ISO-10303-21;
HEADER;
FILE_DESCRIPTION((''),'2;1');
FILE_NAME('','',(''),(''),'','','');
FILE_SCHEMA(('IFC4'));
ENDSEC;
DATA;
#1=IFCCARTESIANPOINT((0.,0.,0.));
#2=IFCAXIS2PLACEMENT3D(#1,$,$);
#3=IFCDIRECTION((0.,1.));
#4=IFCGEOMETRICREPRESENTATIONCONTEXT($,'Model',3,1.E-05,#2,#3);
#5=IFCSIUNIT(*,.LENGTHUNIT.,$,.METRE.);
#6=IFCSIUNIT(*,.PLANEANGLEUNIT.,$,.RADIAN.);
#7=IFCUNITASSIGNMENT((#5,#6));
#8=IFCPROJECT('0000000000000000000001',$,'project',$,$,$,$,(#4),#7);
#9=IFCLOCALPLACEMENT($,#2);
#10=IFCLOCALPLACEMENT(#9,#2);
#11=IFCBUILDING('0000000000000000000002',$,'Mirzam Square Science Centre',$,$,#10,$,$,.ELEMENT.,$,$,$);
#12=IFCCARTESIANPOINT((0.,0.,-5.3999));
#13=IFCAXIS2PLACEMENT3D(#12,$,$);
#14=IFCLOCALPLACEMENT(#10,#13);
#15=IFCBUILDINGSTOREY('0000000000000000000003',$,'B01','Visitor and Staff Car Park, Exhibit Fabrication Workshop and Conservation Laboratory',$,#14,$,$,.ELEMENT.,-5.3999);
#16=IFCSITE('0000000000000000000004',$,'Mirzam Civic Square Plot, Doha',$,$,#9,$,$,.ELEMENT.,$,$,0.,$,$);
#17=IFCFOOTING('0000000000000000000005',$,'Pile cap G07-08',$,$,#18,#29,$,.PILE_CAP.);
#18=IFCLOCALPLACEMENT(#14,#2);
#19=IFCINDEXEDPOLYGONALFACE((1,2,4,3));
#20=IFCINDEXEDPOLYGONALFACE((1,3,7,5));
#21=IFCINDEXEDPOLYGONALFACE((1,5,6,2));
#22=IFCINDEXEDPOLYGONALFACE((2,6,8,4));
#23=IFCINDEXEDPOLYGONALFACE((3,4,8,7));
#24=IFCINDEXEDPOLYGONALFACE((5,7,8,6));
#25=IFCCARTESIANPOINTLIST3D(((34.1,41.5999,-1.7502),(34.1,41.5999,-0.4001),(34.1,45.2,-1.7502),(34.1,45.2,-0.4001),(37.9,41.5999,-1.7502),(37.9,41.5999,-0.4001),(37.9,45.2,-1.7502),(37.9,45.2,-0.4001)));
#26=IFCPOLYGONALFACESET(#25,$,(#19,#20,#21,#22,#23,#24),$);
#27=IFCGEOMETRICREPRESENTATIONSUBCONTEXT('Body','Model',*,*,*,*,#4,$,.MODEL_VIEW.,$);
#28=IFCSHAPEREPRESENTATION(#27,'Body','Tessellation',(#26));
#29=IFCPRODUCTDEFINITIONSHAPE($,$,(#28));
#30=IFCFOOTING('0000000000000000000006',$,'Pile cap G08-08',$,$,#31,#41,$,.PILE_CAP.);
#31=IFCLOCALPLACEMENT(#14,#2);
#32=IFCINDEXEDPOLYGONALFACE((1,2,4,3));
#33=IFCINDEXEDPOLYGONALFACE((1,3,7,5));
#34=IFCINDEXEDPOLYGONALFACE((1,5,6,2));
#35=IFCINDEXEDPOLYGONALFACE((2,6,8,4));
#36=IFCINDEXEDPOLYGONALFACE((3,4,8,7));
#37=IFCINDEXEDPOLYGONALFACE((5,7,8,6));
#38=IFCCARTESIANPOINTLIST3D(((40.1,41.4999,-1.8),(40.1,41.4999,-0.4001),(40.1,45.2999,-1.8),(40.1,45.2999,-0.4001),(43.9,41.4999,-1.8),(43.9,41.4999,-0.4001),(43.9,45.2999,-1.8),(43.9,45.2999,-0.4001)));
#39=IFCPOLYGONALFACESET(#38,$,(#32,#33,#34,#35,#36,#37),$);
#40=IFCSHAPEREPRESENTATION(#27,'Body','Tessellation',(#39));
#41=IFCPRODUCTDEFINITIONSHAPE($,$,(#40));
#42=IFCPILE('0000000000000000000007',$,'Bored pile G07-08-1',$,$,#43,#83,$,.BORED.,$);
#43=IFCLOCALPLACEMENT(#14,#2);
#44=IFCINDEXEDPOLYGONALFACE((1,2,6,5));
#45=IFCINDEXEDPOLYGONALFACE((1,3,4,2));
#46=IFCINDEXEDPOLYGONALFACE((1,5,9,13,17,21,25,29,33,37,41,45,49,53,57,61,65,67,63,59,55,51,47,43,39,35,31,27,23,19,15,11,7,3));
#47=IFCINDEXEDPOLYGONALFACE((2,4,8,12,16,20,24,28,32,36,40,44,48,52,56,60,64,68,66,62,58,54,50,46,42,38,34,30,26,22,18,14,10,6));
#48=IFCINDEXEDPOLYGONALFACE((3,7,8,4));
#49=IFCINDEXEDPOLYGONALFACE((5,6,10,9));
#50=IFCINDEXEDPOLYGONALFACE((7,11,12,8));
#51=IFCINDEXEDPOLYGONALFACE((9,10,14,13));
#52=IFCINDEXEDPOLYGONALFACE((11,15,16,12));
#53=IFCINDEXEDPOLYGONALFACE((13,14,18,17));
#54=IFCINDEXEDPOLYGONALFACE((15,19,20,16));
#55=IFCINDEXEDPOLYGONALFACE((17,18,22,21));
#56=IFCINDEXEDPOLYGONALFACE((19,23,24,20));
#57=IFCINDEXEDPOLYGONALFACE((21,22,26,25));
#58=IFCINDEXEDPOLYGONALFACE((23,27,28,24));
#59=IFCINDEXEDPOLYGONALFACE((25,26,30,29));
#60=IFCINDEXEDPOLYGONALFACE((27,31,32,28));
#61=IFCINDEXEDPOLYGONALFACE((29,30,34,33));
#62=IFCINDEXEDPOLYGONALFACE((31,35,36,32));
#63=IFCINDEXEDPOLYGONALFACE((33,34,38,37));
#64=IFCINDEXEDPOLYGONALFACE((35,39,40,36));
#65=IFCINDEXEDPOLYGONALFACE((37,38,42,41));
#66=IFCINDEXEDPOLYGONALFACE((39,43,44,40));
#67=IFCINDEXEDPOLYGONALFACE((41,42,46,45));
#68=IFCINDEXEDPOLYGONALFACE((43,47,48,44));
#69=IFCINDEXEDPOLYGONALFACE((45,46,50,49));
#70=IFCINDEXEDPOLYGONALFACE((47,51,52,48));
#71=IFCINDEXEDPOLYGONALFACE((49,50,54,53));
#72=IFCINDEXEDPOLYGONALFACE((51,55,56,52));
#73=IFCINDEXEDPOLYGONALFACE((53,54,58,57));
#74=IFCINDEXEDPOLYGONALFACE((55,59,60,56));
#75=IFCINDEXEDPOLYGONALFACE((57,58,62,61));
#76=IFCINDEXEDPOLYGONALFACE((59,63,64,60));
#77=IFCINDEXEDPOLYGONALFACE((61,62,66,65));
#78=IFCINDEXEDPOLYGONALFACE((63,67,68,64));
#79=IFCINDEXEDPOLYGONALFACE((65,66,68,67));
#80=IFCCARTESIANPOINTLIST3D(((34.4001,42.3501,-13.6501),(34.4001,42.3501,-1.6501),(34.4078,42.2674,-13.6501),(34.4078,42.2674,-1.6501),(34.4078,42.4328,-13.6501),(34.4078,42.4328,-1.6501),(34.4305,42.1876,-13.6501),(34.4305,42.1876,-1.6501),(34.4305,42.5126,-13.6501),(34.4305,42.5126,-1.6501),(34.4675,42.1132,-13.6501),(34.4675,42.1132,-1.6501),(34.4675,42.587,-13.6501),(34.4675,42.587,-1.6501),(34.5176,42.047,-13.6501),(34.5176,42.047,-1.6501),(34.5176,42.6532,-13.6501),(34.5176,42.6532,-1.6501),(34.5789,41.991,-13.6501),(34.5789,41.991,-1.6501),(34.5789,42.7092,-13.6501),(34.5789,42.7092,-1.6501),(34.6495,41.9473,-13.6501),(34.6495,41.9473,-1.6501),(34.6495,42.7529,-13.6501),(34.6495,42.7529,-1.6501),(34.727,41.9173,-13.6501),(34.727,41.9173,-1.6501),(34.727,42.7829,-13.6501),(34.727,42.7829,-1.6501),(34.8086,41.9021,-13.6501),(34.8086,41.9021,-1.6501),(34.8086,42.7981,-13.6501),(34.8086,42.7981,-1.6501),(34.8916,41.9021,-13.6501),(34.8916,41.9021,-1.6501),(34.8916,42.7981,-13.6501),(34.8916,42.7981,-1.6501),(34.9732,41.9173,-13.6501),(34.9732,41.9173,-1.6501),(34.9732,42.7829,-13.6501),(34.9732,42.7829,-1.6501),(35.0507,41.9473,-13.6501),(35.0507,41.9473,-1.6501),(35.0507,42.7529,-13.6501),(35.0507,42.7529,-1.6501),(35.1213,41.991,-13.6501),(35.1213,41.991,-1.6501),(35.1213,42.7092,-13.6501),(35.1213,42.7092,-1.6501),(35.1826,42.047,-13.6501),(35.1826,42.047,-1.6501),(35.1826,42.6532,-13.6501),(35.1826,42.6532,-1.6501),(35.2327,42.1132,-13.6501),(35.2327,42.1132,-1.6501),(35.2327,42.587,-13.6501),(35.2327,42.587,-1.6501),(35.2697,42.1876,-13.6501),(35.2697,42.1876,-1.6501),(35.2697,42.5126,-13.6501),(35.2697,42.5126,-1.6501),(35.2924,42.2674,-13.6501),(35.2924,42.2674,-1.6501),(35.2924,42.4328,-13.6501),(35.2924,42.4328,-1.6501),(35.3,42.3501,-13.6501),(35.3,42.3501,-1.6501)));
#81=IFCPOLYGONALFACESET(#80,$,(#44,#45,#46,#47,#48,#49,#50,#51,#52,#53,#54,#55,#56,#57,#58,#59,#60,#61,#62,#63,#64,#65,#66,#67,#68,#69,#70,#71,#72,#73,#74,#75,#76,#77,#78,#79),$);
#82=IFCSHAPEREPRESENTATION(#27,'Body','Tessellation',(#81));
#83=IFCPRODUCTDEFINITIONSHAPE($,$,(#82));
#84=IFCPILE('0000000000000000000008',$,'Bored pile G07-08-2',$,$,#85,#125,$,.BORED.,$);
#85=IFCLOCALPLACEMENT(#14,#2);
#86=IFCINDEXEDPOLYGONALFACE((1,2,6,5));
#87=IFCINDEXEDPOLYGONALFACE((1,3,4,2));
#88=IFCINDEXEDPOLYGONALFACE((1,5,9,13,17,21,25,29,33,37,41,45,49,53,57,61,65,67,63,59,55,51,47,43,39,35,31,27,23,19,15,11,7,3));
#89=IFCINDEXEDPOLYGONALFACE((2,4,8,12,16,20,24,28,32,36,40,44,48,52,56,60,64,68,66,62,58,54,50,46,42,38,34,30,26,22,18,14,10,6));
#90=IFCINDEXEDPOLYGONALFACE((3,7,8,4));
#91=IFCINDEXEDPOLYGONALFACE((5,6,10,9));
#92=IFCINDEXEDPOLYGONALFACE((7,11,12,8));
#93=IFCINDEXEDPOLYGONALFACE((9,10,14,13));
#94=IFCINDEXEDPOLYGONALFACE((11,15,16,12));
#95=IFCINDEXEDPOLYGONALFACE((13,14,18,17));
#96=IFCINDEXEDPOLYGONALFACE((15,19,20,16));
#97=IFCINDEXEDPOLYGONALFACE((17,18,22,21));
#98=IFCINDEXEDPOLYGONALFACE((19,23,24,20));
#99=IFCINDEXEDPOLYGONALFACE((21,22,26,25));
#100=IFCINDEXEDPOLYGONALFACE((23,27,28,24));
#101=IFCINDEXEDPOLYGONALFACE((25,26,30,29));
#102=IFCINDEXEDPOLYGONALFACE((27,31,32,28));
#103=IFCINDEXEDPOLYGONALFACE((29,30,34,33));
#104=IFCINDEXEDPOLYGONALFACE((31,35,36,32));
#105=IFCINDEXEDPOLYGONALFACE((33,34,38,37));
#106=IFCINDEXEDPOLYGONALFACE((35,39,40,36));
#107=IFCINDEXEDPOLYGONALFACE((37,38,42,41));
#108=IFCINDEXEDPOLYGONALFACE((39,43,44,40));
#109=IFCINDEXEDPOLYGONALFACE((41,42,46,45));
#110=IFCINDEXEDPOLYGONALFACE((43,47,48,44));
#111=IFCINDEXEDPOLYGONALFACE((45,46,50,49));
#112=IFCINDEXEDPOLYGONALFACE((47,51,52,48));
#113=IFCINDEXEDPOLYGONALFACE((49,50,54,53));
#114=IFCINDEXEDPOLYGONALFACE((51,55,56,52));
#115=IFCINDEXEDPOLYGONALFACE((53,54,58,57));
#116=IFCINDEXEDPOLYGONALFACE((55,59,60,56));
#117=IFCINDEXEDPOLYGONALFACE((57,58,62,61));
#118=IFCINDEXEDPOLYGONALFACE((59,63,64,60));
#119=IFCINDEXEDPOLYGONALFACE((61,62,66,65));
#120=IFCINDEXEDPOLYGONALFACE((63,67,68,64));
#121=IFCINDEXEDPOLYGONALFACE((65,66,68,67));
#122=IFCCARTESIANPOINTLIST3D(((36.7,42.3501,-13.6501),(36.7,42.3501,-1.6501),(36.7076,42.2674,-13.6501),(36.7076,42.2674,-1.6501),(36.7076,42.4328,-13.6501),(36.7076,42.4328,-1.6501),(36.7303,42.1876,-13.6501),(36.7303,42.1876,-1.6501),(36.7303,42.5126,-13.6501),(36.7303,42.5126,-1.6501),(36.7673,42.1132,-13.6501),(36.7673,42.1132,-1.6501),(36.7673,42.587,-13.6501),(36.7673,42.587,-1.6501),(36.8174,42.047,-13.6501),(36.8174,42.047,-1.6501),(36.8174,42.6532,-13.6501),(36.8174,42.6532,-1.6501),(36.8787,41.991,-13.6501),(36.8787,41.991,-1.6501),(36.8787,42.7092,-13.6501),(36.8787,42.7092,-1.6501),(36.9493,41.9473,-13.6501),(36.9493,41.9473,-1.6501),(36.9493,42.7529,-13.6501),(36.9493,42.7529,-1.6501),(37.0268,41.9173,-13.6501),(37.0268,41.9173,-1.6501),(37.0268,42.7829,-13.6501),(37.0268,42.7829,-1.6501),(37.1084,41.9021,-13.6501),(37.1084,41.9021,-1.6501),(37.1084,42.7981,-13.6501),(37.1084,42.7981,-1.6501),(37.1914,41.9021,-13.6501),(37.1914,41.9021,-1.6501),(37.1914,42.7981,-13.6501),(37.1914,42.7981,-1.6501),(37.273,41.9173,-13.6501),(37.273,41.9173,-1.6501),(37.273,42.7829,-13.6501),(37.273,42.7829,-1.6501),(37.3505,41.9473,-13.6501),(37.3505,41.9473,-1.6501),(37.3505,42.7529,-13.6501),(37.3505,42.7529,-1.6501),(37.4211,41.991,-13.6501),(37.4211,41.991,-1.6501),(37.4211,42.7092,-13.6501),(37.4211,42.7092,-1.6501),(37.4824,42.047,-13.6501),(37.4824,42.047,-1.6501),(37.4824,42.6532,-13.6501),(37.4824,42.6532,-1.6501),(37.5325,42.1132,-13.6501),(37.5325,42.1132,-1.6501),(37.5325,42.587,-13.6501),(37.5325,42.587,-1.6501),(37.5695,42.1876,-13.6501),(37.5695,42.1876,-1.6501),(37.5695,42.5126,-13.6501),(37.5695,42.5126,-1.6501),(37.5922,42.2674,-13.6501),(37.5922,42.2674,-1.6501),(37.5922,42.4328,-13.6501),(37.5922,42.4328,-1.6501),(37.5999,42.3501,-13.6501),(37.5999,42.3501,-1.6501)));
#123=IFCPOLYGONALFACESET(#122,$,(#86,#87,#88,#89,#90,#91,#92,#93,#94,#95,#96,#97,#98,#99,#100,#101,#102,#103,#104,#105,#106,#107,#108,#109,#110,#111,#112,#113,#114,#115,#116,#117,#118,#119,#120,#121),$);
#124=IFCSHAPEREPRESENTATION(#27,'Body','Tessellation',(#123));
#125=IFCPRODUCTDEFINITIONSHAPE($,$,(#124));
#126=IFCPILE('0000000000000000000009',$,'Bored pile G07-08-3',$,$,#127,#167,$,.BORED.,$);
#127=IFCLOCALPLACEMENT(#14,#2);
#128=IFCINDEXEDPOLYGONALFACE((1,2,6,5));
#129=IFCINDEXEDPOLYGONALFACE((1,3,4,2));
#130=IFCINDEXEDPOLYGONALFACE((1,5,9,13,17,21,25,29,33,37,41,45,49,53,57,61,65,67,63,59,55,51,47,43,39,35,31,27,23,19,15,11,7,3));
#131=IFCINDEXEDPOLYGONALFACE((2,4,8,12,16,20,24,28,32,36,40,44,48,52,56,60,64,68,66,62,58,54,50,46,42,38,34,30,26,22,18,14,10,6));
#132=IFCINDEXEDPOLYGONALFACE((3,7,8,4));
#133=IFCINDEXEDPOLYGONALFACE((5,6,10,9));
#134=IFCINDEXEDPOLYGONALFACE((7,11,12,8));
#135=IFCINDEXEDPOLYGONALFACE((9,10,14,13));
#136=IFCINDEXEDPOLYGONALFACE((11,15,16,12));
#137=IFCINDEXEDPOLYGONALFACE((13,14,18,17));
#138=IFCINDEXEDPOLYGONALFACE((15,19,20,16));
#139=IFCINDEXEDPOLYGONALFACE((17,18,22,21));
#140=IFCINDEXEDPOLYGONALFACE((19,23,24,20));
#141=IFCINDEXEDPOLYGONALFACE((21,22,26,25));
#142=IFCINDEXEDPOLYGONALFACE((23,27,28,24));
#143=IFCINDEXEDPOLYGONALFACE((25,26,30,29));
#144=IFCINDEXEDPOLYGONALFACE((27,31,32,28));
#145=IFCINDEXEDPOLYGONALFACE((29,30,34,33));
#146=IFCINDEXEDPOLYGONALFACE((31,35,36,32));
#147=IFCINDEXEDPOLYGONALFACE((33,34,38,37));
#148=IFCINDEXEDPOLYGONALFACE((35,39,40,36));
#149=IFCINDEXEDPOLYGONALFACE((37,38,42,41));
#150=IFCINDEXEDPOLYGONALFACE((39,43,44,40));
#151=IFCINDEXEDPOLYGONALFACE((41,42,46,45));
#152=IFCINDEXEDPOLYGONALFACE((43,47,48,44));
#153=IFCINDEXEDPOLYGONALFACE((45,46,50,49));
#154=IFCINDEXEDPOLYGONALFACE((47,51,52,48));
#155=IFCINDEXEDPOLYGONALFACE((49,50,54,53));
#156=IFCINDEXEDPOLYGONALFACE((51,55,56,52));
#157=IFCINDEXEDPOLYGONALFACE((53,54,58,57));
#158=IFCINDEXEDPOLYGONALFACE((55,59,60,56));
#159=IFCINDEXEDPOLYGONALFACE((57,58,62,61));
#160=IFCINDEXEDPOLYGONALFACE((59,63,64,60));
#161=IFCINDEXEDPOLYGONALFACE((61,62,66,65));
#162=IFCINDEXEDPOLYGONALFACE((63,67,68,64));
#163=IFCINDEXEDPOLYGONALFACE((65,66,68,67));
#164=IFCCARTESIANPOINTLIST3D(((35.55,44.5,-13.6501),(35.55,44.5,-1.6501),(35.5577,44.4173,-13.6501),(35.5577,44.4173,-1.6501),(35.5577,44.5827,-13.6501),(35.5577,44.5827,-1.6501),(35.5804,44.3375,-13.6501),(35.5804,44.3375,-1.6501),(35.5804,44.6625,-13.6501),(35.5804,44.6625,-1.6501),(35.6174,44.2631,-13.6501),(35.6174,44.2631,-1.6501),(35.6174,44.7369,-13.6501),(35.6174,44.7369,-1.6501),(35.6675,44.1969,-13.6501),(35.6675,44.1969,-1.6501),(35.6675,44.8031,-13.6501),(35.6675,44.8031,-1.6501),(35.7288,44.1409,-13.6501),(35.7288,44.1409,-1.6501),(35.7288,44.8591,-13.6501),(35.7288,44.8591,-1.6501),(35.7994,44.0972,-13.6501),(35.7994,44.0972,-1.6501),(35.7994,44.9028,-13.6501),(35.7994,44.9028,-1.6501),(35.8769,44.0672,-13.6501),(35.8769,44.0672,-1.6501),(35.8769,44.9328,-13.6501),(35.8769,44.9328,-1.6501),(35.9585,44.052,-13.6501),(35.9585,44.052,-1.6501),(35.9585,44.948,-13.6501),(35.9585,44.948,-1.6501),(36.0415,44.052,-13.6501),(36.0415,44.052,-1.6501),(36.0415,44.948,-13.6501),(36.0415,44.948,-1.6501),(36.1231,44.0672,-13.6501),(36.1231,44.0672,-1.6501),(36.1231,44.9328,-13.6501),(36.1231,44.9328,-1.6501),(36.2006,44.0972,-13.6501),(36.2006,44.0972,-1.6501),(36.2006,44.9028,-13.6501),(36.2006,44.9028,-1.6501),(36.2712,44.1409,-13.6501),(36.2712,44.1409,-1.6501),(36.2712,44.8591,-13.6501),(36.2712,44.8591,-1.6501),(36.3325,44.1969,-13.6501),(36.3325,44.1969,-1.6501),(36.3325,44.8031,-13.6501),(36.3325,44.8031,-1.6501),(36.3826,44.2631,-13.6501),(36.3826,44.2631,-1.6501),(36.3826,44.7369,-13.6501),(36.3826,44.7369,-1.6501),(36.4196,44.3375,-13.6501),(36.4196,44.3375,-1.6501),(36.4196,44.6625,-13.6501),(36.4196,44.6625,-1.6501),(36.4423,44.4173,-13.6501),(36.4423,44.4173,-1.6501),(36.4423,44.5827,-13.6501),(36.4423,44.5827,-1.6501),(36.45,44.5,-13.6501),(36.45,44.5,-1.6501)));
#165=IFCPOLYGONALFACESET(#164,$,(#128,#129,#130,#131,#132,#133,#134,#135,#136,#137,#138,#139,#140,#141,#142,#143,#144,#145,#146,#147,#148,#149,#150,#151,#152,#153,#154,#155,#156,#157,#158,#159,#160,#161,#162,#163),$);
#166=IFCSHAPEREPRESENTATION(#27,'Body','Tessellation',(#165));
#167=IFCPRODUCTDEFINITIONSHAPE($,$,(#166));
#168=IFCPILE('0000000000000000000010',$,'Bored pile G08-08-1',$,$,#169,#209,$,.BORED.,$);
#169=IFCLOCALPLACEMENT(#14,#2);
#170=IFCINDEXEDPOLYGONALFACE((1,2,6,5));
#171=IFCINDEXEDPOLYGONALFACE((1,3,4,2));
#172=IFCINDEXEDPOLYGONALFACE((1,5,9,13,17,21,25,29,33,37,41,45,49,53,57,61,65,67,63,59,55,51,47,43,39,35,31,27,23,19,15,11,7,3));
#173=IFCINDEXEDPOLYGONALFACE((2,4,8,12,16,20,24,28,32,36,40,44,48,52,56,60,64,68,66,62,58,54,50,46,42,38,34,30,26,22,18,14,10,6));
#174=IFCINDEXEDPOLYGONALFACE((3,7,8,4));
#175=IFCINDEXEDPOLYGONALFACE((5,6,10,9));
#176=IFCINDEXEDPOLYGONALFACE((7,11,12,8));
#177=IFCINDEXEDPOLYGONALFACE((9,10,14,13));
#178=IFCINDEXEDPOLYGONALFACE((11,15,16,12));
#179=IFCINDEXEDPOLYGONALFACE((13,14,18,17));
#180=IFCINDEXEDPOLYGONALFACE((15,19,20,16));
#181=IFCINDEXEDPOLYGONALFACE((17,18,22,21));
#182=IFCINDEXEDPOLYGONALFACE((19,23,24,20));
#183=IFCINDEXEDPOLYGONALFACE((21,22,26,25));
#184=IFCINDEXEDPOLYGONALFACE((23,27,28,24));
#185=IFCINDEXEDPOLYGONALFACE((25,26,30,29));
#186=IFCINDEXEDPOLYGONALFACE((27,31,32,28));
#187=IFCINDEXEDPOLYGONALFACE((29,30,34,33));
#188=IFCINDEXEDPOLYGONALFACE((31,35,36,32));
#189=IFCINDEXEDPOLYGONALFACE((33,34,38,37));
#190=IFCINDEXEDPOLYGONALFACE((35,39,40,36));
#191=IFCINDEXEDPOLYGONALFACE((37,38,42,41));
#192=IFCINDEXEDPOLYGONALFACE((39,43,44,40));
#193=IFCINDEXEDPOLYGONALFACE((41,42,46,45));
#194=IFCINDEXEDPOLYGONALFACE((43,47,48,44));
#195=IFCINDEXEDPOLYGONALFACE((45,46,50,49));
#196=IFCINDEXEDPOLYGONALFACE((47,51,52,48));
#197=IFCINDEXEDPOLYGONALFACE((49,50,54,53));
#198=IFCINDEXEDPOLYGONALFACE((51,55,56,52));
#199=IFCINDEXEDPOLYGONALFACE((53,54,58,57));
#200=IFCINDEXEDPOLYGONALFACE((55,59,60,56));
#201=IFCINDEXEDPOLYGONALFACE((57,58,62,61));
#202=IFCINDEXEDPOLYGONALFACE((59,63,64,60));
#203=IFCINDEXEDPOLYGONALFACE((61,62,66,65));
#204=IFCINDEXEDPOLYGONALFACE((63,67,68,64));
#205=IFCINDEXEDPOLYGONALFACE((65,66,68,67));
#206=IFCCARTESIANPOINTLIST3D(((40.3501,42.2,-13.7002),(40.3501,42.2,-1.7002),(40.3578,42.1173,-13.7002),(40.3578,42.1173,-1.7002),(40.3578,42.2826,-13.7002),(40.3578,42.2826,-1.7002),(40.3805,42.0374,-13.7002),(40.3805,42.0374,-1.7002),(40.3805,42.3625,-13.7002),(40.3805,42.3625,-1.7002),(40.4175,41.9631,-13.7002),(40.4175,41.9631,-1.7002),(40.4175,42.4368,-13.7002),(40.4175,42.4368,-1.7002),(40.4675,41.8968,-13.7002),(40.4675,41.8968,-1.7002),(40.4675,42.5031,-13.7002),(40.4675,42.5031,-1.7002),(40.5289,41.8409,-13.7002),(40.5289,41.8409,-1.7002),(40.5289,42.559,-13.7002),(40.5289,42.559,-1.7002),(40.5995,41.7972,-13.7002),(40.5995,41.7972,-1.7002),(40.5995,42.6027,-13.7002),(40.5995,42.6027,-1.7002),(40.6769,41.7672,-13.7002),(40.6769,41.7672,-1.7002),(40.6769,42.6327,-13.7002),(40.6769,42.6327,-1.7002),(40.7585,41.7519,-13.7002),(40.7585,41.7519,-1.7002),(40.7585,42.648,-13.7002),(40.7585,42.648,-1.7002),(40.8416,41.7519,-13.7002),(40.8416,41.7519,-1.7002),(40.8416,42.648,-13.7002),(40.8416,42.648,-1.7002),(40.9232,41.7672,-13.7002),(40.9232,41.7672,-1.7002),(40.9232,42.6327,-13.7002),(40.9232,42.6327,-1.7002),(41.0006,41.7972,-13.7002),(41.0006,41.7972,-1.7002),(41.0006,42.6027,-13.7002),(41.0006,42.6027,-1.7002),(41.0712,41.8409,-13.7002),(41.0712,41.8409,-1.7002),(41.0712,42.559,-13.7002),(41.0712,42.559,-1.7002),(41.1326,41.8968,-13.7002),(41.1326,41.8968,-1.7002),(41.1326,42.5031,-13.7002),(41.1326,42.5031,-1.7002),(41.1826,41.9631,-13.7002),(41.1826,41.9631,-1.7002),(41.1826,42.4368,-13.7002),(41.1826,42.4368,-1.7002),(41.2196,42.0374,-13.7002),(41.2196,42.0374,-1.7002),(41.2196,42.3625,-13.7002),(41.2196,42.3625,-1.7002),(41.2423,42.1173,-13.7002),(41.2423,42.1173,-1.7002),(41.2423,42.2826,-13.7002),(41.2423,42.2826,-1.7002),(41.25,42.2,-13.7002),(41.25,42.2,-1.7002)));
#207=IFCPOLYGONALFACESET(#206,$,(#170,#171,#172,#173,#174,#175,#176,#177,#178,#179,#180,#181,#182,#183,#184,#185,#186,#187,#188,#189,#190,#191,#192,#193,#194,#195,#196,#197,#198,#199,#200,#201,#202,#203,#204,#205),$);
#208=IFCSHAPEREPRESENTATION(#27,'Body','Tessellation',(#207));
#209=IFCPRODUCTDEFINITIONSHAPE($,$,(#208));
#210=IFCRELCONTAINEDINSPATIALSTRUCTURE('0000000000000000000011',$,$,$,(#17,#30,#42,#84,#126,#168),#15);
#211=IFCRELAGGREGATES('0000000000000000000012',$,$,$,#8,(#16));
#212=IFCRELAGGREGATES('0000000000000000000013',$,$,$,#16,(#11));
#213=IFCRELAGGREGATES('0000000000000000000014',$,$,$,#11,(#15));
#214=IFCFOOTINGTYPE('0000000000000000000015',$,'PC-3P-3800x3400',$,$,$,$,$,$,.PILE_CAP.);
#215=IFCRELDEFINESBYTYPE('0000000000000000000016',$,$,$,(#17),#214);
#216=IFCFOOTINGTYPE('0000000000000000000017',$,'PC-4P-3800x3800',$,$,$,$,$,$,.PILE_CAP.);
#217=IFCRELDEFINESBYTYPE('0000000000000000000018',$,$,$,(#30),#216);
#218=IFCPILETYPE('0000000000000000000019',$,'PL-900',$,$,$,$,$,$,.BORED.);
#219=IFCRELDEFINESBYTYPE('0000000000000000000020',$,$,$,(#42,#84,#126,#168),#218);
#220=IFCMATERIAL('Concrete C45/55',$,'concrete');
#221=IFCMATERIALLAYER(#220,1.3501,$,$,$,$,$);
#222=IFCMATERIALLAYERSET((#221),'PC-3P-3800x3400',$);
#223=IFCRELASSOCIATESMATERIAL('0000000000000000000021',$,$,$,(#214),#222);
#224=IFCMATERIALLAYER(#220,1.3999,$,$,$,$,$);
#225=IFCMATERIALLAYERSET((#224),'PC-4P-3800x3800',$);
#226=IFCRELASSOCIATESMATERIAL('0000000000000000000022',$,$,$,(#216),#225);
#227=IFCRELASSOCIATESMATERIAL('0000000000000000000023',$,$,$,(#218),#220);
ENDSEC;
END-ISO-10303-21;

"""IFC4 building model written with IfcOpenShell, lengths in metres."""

from ifc_helpers import new_model, si_unit, direction, frame, origin, origin_2d, place, context, subcontext, project, spatial, rectangle, circle, extrude, material, layer, layer_set, material_profile, profile_set, type_object, element, save


model = new_model("IFC4")

# Units and contexts
model_context = context("Model", 3, precision=1e-05, world=origin(), true_north=direction((0.0, 1.0)))
body_context = subcontext(model_context, "Body", "Model", "MODEL_VIEW")
ifc_project = project(units=[si_unit("LENGTHUNIT", "METRE"), si_unit("PLANEANGLEUNIT", "RADIAN")], contexts=[model_context])

# Site, building, storey
site_placement = place(None, origin())
site = spatial("IfcSite", under=ifc_project, at=site_placement, Name="Mirzam Civic Square Plot, Doha", CompositionType="ELEMENT", RefElevation=0.0)
building_placement = place(site_placement, origin())
building = spatial("IfcBuilding", under=site, at=building_placement, Name="Mirzam Square Science Centre", CompositionType="ELEMENT")
storey_placement = place(building_placement, frame((0.0, 0.0, -5.3999)))
storey = spatial("IfcBuildingStorey", under=building, at=storey_placement, Name="B01", Description="Visitor and Staff Car Park, Exhibit Fabrication Workshop and Conservation Laboratory", CompositionType="ELEMENT", Elevation=-5.3999)

# Footings
ifc_material_1 = material(Name="Concrete C45/55", Category="concrete")
ifc_layer_1 = layer(ifc_material_1, 1.3501)
ifc_layer_set_1 = layer_set([ifc_layer_1], Name="PC-3P-3800x3400")
footing_type_1 = type_object("IfcFootingType", Name="PC-3P-3800x3400", PredefinedType="PILE_CAP", material=ifc_layer_set_1)
footing_1_placement = place(storey_placement, frame((36.0, 43.3999, -1.7502), z_axis=(0.0, 0.0, 1.0), x_axis=(1.0, 0.0, 0.0)))
element("IfcFooting", 1, at=footing_1_placement, inside=storey, type_object=footing_type_1, Name="Pile cap G07-08", PredefinedType="PILE_CAP", context=body_context, shape_type="SweptSolid", body=[
    extrude(rectangle(XDim=3.8, YDim=3.6001, at=origin_2d()), origin(), (0.0, 0.0, 1.0), 1.3501),
])
ifc_layer_2 = layer(ifc_material_1, 1.3999)
ifc_layer_set_2 = layer_set([ifc_layer_2], Name="PC-4P-3800x3800")
footing_type_2 = type_object("IfcFootingType", Name="PC-4P-3800x3800", PredefinedType="PILE_CAP", material=ifc_layer_set_2)
footing_2_placement = place(storey_placement, frame((42.0, 43.3999, -1.8), z_axis=(0.0, 0.0, 1.0), x_axis=(1.0, 0.0, 0.0)))
element("IfcFooting", 2, at=footing_2_placement, inside=storey, type_object=footing_type_2, Name="Pile cap G08-08", PredefinedType="PILE_CAP", context=body_context, shape_type="SweptSolid", body=[
    extrude(rectangle(XDim=3.8, YDim=3.8, at=origin_2d()), origin(), (0.0, 0.0, 1.0), 1.3999),
])

# Piles
ifc_material_profile_1 = material_profile(ifc_material_1, circle(Radius=0.45, at=origin_2d()), Name="PILE-D900")
ifc_profile_set_1 = profile_set([ifc_material_profile_1], Name="Concrete C45/55")
pile_type = type_object("IfcPileType", Name="PL-900", PredefinedType="BORED", material=ifc_profile_set_1)
for number, where, z_axis, x_axis, name in (
    (3, (34.8501, 42.3501, -1.6501), (0.0, 0.0, -1.0), (1.0, 0.0, 0.0), "Bored pile G07-08-1"),
    (4, (37.1499, 42.3501, -1.6501), (0.0, 0.0, -1.0), (1.0, 0.0, 0.0), "Bored pile G07-08-2"),
    (5, (36.0, 44.5, -1.6501), (0.0, 0.0, -1.0), (1.0, 0.0, 0.0), "Bored pile G07-08-3"),
    (6, (40.8, 42.2, -1.7002), (0.0, 0.0, -1.0), (1.0, 0.0, 0.0), "Bored pile G08-08-1"),
):
    element("IfcPile", number, at=place(storey_placement, frame(where, z_axis=z_axis, x_axis=x_axis)), inside=storey, type_object=pile_type, Name=name, PredefinedType="BORED", context=body_context, shape_type="SweptSolid", body=[
        extrude(circle(Radius=0.45, at=origin_2d()), origin(), (0.0, 0.0, 1.0), 12.0),
    ])

save(model, "model.ifc")
